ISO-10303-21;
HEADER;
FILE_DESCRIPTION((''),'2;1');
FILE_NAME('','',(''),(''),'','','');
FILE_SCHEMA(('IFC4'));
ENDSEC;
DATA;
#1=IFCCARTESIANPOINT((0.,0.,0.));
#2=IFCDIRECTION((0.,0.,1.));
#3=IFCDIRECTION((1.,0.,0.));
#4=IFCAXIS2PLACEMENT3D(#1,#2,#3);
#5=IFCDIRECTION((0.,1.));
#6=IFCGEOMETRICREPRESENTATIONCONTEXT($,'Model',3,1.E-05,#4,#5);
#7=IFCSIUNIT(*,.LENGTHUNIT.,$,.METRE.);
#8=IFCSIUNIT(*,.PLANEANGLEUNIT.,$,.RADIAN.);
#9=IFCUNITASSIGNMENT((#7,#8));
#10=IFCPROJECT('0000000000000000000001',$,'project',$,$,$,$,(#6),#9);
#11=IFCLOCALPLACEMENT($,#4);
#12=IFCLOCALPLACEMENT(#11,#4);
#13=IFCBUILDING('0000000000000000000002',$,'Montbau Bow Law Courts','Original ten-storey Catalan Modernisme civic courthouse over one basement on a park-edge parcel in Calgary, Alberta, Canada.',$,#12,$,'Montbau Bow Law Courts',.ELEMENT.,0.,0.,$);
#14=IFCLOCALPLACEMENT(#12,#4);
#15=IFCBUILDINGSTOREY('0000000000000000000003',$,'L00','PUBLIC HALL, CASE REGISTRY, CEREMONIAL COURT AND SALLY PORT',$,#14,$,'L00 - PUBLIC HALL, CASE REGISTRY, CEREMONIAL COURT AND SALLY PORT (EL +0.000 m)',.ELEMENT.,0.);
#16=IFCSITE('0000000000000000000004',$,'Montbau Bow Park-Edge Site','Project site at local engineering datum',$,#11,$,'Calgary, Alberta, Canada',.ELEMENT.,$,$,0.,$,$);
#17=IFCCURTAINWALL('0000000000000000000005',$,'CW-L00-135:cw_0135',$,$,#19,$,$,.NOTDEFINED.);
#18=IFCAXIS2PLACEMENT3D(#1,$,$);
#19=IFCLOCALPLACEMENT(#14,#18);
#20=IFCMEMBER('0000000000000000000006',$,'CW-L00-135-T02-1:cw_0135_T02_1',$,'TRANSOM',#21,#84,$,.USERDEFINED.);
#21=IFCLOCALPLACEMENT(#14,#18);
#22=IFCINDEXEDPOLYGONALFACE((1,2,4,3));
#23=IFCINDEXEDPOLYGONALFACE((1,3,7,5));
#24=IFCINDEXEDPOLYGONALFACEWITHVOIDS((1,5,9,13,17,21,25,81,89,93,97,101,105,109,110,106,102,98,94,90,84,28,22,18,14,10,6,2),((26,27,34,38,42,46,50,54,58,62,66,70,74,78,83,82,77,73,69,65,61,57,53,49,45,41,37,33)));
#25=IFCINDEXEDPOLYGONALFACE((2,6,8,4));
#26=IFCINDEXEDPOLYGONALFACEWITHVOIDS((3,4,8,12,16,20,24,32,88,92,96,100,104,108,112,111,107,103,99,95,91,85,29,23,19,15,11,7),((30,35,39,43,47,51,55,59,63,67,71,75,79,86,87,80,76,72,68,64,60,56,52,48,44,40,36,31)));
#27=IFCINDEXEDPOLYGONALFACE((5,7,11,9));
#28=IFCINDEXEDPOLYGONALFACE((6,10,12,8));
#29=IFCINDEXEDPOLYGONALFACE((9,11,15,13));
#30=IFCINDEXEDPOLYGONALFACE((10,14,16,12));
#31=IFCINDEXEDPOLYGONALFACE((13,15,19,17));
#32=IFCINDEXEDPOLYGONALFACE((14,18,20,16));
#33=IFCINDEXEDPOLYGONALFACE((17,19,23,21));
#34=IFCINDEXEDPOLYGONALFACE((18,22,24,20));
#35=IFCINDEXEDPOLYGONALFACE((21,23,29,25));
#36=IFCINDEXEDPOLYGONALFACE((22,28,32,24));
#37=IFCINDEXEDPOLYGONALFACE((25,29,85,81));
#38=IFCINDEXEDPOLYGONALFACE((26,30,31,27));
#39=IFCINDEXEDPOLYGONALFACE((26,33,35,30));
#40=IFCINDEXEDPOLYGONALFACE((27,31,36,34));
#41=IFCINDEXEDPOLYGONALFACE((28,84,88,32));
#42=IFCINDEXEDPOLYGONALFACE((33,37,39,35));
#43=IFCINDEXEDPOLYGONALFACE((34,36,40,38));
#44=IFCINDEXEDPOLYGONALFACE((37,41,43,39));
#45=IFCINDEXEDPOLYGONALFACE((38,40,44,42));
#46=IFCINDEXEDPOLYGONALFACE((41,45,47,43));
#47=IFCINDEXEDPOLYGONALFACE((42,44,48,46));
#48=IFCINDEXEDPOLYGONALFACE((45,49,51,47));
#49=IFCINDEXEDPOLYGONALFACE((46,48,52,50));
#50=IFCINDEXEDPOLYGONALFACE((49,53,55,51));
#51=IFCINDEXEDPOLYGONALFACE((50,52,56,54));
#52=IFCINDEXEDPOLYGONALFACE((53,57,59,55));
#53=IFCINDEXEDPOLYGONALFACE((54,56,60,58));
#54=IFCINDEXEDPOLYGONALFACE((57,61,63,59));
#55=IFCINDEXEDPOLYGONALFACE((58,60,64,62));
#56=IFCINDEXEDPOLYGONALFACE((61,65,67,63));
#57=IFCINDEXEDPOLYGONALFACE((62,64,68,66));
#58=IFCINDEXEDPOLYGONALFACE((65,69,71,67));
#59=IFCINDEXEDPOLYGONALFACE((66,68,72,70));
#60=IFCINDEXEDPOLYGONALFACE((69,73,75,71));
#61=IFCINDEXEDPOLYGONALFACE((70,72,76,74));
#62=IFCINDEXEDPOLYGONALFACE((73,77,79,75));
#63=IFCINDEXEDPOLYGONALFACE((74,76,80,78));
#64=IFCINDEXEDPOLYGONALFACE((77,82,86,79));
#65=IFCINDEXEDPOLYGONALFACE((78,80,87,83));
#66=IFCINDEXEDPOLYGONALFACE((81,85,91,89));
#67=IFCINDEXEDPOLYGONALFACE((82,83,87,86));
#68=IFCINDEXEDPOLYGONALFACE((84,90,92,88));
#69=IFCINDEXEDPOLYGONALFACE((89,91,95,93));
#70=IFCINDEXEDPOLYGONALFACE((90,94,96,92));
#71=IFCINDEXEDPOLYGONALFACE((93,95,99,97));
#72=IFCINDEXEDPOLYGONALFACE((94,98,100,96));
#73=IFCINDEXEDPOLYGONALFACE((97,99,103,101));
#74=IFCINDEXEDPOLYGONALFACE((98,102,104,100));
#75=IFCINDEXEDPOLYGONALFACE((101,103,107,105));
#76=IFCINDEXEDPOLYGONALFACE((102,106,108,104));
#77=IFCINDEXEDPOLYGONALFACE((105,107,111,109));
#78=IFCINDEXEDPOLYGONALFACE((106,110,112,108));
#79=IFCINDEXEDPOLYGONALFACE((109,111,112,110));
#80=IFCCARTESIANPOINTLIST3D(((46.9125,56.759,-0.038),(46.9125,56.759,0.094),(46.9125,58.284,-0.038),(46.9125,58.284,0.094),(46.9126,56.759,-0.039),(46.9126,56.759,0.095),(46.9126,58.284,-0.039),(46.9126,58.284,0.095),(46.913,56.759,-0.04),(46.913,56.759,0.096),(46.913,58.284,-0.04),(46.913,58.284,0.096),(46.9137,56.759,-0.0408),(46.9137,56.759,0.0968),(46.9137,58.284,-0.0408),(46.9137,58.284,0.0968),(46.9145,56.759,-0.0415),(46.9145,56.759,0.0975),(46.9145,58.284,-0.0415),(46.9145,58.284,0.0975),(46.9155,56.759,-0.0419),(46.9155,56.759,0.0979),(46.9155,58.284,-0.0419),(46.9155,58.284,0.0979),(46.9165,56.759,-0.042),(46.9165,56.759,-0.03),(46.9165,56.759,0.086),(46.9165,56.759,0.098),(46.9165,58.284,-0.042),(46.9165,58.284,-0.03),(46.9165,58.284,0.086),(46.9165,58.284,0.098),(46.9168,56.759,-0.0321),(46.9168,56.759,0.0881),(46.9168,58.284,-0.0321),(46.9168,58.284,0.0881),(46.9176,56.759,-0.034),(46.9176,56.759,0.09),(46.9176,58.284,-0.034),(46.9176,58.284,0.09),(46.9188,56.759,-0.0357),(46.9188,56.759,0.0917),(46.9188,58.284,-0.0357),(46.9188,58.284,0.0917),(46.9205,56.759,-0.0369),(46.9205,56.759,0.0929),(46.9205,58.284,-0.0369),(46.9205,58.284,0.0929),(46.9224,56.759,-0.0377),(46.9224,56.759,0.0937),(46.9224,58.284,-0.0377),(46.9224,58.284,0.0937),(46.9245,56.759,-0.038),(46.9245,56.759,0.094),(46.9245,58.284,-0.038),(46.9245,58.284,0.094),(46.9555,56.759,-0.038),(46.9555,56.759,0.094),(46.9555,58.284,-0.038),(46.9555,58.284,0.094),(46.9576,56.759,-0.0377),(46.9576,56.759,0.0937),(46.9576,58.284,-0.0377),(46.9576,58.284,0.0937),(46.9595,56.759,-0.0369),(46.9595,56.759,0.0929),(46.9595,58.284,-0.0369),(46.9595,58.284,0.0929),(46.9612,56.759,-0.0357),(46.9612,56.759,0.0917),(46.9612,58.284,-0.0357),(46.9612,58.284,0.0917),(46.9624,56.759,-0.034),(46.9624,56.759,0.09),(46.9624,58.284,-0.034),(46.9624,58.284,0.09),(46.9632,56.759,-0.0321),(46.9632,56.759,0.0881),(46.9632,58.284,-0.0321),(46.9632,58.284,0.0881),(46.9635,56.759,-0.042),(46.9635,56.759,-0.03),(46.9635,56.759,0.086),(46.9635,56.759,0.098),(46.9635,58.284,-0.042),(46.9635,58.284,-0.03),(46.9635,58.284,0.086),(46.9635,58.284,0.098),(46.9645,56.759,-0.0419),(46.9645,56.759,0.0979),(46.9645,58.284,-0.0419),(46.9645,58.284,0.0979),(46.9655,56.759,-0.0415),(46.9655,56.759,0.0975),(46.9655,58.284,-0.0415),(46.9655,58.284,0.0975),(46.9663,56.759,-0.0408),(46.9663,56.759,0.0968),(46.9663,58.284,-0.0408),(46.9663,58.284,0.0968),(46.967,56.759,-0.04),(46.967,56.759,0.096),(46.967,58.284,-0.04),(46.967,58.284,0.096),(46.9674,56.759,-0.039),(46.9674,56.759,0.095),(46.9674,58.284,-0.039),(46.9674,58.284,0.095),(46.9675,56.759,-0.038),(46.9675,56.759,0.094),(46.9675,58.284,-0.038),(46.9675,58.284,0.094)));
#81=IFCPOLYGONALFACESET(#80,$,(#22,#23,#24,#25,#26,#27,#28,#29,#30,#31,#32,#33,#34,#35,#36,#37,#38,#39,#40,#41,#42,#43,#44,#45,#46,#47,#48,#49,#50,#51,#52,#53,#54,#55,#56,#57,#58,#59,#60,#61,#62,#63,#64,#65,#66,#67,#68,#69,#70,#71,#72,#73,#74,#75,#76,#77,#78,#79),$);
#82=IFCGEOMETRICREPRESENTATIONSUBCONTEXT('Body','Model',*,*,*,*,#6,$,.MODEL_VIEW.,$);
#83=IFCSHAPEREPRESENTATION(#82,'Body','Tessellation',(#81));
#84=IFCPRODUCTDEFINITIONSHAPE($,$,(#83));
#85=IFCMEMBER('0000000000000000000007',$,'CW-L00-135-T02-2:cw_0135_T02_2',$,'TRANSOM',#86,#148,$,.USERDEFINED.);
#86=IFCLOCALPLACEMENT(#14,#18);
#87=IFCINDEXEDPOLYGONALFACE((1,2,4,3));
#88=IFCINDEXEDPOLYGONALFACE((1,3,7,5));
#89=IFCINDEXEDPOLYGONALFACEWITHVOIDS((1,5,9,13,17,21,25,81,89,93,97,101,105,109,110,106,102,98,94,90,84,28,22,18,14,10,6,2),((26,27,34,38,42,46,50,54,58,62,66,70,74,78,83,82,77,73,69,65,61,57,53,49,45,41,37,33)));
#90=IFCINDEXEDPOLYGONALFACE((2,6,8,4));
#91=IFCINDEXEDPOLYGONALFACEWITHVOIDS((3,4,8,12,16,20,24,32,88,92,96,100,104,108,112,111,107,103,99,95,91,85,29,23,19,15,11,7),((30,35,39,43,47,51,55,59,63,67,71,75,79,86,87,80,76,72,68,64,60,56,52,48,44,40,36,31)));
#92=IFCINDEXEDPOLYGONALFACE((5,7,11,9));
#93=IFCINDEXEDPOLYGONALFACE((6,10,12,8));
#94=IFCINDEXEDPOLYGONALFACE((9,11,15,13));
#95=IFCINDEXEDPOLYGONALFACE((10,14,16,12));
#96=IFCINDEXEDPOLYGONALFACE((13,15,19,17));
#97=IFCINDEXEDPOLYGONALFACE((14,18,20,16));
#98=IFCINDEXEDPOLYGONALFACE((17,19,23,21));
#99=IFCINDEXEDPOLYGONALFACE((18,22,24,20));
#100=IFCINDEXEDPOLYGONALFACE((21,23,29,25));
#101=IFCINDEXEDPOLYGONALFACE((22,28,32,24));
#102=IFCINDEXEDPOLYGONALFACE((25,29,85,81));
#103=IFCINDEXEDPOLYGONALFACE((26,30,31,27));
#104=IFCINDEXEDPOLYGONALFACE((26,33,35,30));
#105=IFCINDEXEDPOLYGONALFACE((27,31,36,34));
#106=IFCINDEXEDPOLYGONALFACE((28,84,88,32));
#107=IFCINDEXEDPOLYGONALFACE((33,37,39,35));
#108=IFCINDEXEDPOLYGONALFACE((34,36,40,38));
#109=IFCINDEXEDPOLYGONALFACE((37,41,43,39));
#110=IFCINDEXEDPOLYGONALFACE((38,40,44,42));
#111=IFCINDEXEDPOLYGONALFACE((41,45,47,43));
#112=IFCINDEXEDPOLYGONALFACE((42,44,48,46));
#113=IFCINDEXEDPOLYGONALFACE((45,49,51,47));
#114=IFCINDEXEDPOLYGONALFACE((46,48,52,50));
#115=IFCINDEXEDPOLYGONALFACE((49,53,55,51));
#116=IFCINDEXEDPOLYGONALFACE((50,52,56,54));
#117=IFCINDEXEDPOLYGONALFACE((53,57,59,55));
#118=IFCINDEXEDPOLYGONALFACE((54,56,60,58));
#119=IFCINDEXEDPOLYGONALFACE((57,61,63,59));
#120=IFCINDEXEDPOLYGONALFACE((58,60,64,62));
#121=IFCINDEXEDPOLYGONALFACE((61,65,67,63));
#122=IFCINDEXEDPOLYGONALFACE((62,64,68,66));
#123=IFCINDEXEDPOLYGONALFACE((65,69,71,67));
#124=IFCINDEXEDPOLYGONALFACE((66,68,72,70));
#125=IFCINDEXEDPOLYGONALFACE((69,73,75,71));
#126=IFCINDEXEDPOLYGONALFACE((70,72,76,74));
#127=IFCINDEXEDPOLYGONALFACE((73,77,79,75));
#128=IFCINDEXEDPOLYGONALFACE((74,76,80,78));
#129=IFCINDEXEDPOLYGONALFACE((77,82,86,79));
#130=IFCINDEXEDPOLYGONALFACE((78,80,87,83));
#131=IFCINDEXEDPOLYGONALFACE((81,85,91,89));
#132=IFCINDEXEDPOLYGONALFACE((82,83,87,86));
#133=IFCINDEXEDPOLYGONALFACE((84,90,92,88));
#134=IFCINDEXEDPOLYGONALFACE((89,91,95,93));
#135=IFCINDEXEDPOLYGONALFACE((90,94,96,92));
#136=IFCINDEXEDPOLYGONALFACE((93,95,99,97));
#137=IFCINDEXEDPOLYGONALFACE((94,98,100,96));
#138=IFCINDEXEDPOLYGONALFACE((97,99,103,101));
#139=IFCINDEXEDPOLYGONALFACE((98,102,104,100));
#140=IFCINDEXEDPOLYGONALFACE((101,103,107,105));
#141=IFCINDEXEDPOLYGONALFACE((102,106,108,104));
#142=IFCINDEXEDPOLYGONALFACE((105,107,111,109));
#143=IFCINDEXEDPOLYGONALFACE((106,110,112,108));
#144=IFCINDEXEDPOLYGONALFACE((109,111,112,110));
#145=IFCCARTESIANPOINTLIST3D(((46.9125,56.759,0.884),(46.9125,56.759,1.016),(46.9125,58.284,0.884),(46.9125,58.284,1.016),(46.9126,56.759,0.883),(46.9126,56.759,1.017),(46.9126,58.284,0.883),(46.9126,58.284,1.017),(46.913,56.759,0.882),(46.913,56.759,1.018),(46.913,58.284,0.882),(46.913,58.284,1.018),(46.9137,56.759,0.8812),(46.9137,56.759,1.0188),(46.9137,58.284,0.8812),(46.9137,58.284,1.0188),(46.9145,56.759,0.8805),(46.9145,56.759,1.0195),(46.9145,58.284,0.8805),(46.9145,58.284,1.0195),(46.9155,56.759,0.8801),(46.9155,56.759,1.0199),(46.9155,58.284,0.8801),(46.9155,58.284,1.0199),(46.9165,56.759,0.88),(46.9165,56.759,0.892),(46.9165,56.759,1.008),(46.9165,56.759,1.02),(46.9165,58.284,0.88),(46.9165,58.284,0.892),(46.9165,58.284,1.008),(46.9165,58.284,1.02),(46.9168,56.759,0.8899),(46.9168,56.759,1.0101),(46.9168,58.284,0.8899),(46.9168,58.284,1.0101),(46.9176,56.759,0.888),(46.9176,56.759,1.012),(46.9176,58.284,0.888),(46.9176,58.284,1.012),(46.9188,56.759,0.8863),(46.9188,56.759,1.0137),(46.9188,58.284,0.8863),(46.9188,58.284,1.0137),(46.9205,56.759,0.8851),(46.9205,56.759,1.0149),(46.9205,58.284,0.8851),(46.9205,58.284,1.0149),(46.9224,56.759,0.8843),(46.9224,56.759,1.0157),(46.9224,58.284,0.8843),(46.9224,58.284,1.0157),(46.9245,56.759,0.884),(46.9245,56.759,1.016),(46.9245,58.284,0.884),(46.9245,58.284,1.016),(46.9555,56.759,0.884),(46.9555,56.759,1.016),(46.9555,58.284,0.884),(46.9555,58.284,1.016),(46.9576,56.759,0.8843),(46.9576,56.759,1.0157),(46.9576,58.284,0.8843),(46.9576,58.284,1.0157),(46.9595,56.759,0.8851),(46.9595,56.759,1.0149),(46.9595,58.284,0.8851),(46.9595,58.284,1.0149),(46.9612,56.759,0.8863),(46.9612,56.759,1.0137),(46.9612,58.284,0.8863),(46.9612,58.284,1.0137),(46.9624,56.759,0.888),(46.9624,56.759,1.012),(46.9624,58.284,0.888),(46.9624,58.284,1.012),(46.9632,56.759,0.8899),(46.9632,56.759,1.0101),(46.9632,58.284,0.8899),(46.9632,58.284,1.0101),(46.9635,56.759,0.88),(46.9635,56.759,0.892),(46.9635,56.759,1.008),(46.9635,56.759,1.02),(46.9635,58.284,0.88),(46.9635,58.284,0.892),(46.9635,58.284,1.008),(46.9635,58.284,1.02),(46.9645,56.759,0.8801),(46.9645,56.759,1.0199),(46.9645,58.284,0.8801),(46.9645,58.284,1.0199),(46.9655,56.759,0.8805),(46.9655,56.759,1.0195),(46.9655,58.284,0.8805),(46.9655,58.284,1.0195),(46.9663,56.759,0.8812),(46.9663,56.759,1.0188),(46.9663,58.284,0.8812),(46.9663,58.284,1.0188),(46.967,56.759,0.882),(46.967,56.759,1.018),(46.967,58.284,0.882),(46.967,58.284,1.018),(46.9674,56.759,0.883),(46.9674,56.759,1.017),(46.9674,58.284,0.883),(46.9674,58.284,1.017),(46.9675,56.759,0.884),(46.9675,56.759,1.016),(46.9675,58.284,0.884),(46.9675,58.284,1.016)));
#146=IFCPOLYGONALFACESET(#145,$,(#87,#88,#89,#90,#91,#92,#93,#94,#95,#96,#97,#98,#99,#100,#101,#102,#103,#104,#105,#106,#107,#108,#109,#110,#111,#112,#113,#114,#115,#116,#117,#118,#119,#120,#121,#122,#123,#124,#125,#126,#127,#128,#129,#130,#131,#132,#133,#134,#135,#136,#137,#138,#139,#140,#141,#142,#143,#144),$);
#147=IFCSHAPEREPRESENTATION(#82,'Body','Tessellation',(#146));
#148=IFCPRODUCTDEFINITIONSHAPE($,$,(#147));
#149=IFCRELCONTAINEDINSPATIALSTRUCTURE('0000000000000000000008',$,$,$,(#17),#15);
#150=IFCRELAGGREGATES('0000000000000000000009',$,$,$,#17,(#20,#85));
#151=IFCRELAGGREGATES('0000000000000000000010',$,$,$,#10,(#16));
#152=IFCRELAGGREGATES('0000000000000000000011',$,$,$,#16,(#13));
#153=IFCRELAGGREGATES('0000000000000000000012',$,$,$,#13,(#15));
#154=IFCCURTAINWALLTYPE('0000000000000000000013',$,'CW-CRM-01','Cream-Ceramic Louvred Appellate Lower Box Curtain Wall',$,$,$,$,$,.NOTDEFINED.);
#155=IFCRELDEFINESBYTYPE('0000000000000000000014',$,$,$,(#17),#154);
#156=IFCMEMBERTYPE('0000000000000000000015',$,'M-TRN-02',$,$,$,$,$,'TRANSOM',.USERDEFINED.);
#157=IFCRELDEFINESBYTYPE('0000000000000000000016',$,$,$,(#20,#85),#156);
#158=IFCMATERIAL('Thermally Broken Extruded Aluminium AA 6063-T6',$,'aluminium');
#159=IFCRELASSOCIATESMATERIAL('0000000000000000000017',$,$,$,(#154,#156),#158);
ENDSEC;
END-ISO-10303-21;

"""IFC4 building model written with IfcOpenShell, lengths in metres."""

from ifc_helpers import new_model, si_unit, direction, frame, origin_with_axes, origin_2d_with_axis, place, context, subcontext, project, spatial, hollow_rectangle, extrude, material, material_profile, profile_set, type_object, element, aggregate, save


model = new_model("IFC4")

# Units and contexts
model_context = context("Model", 3, precision=1e-05, world=origin_with_axes(), true_north=direction((0.0, 1.0)))
body_context = subcontext(model_context, "Body", "Model", "MODEL_VIEW")
ifc_project = project(units=[si_unit("LENGTHUNIT", "METRE"), si_unit("PLANEANGLEUNIT", "RADIAN")], contexts=[model_context])

# Site, building, storey
site_placement = place(None, origin_with_axes())
site = spatial("IfcSite", under=ifc_project, at=site_placement, Name="Montbau Bow Park-Edge Site", Description="Project site at local engineering datum", LongName="Calgary, Alberta, Canada", CompositionType="ELEMENT", RefElevation=0.0)
building_placement = place(site_placement, origin_with_axes())
building = spatial("IfcBuilding", under=site, at=building_placement, Name="Montbau Bow Law Courts", Description="Original ten-storey Catalan Modernisme civic courthouse over one basement on a park-edge parcel in Calgary, Alberta, Canada.", LongName="Montbau Bow Law Courts", CompositionType="ELEMENT", ElevationOfRefHeight=0.0, ElevationOfTerrain=0.0)
storey_placement = place(building_placement, origin_with_axes())
storey = spatial("IfcBuildingStorey", under=building, at=storey_placement, Name="L00", Description="PUBLIC HALL, CASE REGISTRY, CEREMONIAL COURT AND SALLY PORT", LongName="L00 - PUBLIC HALL, CASE REGISTRY, CEREMONIAL COURT AND SALLY PORT (EL +0.000 m)", CompositionType="ELEMENT", Elevation=0.0)

# Curtain wall, members
ifc_material_1 = material(Name="Thermally Broken Extruded Aluminium AA 6063-T6", Category="aluminium")
curtain_wall_type = type_object("IfcCurtainWallType", Name="CW-CRM-01", Description="Cream-Ceramic Louvred Appellate Lower Box Curtain Wall", PredefinedType="NOTDEFINED", material=ifc_material_1)
curtain_wall_placement = place(None, frame((46.94, 55.115, 0.0), z_axis=(0.0, 0.0, 1.0), x_axis=(1.0, 0.0, 0.0)))
curtain_wall = element("IfcCurtainWall", 1, at=curtain_wall_placement, inside=storey, type_object=curtain_wall_type, Name="CW-L00-135:cw_0135", PredefinedType="NOTDEFINED")
ifc_material_profile_1 = material_profile(ifc_material_1, hollow_rectangle(XDim=0.055, YDim=0.14, WallThickness=0.004, InnerFilletRadius=0.008, OuterFilletRadius=0.004, at=origin_2d_with_axis()), Name="CWT-140X55", Category="Main", Priority=0)
ifc_profile_set_1 = profile_set([ifc_material_profile_1], Name="Thermally Broken Extruded Aluminium AA 6063-T6")
member_type_1 = type_object("IfcMemberType", Name="M-TRN-02", ElementType="TRANSOM", PredefinedType="USERDEFINED", material=ifc_profile_set_1)
member_1_placement = place(None, frame((46.94, 56.759, 0.028), z_axis=(0.0, 1.0, 0.0), x_axis=(-1.0, 0.0, 0.0)))
member_1 = element("IfcMember", 2, at=member_1_placement, type_object=member_type_1, Name="CW-L00-135-T02-1:cw_0135_T02_1", ObjectType="TRANSOM", PredefinedType="USERDEFINED", context=body_context, shape_type="SweptSolid", body=[
    extrude(hollow_rectangle(XDim=0.055, YDim=0.14, WallThickness=0.004, InnerFilletRadius=0.008, OuterFilletRadius=0.004, at=origin_2d_with_axis()), origin_with_axes(), (0.0, 0.0, 1.0), 1.525),
])
member_2_placement = place(None, frame((46.94, 56.759, 0.95), z_axis=(0.0, 1.0, 0.0), x_axis=(-1.0, 0.0, 0.0)))
member_2 = element("IfcMember", 3, at=member_2_placement, type_object=member_type_1, Name="CW-L00-135-T02-2:cw_0135_T02_2", ObjectType="TRANSOM", PredefinedType="USERDEFINED", context=body_context, shape_type="SweptSolid", body=[
    extrude(hollow_rectangle(XDim=0.055, YDim=0.14, WallThickness=0.004, InnerFilletRadius=0.008, OuterFilletRadius=0.004, at=origin_2d_with_axis()), origin_with_axes(), (0.0, 0.0, 1.0), 1.525),
])
aggregate(curtain_wall, [member_1, member_2])

save(model, "model.ifc")
